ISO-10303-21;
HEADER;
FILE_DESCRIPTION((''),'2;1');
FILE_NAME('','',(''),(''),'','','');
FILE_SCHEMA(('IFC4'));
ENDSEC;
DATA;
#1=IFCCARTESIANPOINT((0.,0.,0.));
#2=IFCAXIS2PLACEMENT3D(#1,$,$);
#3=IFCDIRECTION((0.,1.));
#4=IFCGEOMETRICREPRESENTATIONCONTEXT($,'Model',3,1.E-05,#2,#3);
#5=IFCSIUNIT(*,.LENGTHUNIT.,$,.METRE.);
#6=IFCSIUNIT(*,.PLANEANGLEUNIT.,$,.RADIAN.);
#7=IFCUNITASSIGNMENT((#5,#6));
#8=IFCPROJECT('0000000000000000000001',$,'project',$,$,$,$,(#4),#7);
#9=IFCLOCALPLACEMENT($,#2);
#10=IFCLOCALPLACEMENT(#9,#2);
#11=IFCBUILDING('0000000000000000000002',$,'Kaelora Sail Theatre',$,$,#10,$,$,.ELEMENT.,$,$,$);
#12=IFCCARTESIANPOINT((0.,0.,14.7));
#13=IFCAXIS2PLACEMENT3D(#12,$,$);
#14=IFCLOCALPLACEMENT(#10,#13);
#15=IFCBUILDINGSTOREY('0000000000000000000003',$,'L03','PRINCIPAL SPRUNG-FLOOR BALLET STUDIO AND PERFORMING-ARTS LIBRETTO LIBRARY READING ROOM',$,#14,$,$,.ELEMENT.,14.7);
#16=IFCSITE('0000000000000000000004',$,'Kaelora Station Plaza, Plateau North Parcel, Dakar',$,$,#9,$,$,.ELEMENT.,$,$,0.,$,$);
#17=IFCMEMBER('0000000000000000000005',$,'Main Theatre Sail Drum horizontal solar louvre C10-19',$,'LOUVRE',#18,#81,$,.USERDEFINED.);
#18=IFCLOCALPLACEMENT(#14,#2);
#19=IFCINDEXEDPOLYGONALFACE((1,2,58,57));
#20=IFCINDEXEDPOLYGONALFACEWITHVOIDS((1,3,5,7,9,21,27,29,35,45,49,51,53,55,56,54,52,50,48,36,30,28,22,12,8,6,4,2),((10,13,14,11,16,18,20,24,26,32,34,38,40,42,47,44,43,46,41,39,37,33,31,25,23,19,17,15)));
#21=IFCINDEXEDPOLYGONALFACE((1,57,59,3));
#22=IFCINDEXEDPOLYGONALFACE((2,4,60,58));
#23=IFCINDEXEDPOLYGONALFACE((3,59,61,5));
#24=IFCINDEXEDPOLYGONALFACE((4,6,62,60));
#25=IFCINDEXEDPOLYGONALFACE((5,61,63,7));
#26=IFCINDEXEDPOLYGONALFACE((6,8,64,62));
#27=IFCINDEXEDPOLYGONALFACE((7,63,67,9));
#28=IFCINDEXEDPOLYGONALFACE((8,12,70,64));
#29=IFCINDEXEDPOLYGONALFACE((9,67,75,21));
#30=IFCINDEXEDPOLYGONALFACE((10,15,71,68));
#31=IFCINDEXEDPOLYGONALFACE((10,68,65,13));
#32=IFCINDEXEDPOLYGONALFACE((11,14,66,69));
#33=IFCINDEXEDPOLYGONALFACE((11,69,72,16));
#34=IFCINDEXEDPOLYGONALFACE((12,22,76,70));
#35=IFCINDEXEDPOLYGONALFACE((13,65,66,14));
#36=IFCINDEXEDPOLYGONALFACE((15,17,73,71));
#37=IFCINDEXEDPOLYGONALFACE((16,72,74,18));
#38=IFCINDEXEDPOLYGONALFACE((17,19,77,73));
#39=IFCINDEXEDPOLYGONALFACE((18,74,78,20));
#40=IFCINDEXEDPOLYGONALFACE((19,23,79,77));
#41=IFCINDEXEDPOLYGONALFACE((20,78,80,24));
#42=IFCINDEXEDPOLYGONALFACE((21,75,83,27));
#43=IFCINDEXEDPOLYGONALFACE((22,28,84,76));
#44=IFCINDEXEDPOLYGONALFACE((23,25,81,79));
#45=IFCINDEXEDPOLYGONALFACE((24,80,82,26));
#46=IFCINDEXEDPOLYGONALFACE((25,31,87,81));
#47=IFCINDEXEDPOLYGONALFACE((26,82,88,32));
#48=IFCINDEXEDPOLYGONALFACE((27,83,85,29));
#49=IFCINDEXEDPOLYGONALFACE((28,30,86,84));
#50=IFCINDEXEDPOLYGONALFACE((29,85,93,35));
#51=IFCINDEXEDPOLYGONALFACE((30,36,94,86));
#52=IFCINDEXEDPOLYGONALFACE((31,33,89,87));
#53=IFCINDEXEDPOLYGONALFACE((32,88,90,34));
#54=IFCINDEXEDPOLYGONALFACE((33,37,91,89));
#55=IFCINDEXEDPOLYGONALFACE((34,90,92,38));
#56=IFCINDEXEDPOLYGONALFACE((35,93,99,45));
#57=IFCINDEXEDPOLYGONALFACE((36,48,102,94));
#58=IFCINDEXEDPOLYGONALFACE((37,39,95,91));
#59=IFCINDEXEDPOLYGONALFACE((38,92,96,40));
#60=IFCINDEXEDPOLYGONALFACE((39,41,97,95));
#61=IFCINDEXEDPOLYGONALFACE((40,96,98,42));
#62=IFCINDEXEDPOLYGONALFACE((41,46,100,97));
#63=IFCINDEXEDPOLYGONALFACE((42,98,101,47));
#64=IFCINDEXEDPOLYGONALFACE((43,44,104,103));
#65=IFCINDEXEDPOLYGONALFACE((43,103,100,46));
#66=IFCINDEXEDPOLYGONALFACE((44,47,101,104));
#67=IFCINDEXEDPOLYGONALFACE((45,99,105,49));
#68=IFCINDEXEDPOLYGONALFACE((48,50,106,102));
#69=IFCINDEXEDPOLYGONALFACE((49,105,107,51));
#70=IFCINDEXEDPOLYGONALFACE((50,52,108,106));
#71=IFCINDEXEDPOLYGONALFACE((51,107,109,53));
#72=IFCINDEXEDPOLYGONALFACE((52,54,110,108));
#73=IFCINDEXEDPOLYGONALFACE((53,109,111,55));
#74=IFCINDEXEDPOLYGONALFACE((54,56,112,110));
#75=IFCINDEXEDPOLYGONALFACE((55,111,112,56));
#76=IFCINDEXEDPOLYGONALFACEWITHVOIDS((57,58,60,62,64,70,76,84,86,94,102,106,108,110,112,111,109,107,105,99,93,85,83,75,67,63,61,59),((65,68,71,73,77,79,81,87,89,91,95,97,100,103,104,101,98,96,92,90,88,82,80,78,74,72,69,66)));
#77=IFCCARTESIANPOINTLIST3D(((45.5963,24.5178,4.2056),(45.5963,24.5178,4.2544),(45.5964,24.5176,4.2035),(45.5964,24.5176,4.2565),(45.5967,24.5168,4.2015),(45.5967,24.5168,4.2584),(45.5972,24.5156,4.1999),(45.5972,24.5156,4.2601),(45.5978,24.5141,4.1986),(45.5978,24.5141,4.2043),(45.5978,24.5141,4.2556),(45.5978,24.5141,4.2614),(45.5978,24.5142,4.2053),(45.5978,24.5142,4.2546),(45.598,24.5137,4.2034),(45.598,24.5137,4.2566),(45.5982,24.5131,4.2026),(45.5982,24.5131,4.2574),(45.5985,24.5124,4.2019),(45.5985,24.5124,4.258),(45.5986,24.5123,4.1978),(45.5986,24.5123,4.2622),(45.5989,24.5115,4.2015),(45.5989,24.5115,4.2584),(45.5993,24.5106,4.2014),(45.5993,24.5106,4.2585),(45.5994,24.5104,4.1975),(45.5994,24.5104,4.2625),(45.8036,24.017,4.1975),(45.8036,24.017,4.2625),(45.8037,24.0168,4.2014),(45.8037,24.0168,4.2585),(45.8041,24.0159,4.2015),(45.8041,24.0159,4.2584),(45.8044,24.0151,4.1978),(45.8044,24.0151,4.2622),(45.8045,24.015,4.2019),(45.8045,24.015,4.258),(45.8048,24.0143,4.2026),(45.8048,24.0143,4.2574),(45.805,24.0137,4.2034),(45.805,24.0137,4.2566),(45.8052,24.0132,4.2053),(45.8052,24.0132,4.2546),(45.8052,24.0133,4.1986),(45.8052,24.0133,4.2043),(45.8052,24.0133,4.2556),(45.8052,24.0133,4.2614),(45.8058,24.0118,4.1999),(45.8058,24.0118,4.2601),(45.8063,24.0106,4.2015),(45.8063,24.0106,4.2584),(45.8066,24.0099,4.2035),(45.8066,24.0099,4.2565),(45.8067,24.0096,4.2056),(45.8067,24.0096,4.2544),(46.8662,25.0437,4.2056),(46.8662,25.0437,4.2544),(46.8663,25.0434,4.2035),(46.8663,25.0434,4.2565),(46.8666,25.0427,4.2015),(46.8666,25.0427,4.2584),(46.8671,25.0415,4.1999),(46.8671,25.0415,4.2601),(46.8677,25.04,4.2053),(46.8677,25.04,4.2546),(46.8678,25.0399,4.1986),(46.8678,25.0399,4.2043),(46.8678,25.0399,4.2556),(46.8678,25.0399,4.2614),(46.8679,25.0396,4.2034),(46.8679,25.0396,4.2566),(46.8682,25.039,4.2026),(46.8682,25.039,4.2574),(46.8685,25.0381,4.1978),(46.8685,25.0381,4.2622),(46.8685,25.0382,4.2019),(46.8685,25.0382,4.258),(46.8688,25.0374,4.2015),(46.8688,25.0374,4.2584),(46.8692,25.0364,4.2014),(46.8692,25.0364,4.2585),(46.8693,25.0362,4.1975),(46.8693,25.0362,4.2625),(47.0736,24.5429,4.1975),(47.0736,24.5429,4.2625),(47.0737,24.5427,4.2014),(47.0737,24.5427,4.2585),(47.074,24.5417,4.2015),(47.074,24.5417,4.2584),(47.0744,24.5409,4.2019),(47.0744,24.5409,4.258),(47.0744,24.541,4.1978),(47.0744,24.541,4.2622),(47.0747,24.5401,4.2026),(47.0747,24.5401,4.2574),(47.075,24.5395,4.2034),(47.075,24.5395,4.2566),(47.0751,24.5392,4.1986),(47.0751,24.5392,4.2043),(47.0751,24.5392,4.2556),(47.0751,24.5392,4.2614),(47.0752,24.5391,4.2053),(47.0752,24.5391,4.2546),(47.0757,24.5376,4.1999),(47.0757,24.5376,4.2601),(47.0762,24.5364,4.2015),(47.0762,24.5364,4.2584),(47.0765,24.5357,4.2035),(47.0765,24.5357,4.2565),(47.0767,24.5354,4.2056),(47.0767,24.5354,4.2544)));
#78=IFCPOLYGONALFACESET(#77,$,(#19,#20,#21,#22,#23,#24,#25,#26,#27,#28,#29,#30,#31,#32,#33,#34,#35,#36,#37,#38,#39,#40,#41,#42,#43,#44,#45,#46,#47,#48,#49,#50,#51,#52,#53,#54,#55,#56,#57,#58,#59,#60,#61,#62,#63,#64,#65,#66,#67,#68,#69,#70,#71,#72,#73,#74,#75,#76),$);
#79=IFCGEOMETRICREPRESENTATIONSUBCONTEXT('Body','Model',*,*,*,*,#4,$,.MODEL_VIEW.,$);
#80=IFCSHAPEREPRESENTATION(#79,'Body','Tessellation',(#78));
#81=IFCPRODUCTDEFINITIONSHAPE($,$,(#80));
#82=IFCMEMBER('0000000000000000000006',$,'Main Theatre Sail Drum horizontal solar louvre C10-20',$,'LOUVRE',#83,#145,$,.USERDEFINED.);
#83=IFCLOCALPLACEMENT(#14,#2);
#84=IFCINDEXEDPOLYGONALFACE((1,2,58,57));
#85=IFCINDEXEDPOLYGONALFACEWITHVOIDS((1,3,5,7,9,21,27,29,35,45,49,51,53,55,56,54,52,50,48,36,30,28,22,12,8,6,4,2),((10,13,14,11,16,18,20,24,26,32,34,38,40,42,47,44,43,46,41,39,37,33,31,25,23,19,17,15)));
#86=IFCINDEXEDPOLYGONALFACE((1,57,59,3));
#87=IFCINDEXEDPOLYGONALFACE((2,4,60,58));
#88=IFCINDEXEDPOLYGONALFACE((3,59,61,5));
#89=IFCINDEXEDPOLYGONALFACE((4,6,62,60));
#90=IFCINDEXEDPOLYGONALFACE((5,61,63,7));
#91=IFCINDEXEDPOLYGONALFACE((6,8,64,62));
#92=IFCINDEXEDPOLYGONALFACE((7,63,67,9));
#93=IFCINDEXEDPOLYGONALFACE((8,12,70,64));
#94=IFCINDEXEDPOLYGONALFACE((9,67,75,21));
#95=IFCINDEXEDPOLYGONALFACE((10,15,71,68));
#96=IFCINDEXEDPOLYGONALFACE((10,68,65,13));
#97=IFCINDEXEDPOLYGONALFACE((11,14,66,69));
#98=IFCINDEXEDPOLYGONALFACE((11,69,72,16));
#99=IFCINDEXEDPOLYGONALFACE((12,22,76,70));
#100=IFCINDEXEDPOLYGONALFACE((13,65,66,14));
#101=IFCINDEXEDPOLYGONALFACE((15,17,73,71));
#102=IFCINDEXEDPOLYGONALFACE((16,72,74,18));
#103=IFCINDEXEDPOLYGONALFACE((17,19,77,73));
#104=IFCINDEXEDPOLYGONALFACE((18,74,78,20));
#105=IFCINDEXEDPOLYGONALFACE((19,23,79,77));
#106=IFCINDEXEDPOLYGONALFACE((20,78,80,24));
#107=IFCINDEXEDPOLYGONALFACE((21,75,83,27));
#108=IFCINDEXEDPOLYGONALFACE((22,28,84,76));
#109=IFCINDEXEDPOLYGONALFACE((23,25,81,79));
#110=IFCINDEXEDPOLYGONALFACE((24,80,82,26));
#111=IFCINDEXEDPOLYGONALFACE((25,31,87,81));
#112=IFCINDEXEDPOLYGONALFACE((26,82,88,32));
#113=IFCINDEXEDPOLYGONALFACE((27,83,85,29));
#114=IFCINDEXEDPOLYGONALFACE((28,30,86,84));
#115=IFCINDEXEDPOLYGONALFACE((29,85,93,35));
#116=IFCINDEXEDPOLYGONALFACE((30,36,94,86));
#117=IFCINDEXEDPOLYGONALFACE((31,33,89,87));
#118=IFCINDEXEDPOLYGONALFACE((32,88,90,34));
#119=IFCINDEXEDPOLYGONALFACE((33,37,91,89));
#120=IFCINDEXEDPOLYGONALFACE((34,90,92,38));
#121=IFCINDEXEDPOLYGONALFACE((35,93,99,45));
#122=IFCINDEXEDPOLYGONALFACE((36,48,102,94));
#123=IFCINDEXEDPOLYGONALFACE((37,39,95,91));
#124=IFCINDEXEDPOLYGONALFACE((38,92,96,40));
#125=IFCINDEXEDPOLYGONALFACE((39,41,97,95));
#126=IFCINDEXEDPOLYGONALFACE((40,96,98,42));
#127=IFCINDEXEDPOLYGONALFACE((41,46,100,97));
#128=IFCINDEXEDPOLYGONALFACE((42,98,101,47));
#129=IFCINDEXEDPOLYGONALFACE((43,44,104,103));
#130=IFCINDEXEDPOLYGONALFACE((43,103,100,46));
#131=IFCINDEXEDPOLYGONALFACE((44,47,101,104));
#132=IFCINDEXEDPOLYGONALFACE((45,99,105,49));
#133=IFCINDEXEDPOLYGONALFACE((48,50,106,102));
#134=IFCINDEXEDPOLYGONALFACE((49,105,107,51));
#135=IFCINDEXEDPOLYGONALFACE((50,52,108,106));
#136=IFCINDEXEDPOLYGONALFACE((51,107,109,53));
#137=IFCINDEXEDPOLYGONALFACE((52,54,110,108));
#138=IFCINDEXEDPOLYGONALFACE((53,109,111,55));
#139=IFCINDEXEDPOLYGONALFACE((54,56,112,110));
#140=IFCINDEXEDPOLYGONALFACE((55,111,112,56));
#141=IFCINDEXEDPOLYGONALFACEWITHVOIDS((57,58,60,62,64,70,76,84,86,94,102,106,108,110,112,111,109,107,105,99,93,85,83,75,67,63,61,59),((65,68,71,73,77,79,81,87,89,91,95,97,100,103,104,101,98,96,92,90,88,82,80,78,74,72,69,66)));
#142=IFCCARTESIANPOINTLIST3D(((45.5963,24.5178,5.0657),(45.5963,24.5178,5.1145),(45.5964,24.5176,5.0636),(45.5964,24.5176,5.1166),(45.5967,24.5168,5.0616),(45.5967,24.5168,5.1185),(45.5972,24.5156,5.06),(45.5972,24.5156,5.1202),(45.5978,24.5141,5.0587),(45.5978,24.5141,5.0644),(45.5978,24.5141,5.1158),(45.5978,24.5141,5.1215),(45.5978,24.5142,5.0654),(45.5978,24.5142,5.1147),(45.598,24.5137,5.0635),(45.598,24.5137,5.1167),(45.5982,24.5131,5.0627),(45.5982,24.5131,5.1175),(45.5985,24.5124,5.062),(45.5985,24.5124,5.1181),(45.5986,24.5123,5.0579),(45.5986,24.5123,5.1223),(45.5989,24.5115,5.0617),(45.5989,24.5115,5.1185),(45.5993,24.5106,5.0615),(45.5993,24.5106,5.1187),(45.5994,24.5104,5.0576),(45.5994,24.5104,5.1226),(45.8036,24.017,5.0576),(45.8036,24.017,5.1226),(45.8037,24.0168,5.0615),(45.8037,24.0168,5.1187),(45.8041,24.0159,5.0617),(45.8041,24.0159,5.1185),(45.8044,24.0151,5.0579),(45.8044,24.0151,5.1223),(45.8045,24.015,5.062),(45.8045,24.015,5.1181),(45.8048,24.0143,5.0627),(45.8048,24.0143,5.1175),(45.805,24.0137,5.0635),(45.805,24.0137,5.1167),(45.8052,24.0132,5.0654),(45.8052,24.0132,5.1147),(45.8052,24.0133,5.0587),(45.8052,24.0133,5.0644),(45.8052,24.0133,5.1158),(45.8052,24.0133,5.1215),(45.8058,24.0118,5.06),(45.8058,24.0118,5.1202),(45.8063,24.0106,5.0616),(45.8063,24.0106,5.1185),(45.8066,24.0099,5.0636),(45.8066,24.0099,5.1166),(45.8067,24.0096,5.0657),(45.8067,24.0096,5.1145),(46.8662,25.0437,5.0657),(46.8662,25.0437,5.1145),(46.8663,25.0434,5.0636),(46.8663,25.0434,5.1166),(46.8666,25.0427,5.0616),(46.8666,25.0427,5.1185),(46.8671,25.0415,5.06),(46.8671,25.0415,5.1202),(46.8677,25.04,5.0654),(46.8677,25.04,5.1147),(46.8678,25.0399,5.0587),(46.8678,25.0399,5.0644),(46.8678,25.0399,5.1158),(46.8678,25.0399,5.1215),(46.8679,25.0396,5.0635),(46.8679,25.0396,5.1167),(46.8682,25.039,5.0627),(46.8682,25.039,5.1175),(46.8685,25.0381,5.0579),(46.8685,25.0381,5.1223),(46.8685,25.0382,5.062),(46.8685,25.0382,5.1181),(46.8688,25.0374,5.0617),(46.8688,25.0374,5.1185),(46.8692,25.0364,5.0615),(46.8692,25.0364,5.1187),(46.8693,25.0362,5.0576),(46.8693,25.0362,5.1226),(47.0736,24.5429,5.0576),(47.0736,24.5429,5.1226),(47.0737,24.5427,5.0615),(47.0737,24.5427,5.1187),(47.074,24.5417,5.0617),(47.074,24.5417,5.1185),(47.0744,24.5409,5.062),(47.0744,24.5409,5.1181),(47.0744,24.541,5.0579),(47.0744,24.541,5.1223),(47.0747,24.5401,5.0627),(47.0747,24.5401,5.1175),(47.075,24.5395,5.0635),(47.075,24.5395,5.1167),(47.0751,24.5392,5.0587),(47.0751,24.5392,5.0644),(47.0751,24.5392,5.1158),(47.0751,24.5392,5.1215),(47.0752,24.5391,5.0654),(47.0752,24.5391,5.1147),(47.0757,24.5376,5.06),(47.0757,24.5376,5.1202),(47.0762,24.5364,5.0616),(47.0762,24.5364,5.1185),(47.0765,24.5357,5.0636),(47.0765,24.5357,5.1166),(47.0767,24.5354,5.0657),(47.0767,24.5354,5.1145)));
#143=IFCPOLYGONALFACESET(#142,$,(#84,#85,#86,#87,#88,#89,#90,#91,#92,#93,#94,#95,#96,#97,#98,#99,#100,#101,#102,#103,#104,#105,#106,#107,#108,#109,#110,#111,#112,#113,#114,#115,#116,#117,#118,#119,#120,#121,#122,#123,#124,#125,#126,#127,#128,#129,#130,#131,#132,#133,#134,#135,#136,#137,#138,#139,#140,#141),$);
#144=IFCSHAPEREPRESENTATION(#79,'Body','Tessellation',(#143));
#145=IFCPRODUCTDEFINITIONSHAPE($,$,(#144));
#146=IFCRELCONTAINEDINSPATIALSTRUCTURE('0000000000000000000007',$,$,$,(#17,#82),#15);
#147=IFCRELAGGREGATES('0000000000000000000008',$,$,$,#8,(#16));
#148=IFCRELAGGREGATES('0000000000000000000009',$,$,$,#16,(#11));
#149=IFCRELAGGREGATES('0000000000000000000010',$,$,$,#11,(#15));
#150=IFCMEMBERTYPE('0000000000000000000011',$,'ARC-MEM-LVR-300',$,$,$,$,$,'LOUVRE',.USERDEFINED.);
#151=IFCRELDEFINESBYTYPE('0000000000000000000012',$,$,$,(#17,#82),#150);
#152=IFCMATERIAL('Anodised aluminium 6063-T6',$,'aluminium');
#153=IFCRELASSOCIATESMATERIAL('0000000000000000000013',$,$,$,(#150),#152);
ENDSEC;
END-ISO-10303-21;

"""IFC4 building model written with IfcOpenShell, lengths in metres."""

from ifc_helpers import new_model, si_unit, direction, frame, origin, origin_2d, place, context, subcontext, project, spatial, hollow_rectangle, extrude, material, material_profile, profile_set, type_object, element, save


model = new_model("IFC4")

# Units and contexts
model_context = context("Model", 3, precision=1e-05, world=origin(), true_north=direction((0.0, 1.0)))
body_context = subcontext(model_context, "Body", "Model", "MODEL_VIEW")
ifc_project = project(units=[si_unit("LENGTHUNIT", "METRE"), si_unit("PLANEANGLEUNIT", "RADIAN")], contexts=[model_context])

# Site, building, storey
site_placement = place(None, origin())
site = spatial("IfcSite", under=ifc_project, at=site_placement, Name="Kaelora Station Plaza, Plateau North Parcel, Dakar", CompositionType="ELEMENT", RefElevation=0.0)
building_placement = place(site_placement, origin())
building = spatial("IfcBuilding", under=site, at=building_placement, Name="Kaelora Sail Theatre", CompositionType="ELEMENT")
storey_placement = place(building_placement, frame((0.0, 0.0, 14.7)))
storey = spatial("IfcBuildingStorey", under=building, at=storey_placement, Name="L03", Description="PRINCIPAL SPRUNG-FLOOR BALLET STUDIO AND PERFORMING-ARTS LIBRETTO LIBRARY READING ROOM", CompositionType="ELEMENT", Elevation=14.7)

# Members
ifc_material_1 = material(Name="Anodised aluminium 6063-T6", Category="aluminium")
ifc_material_profile_1 = material_profile(ifc_material_1, hollow_rectangle(XDim=0.55, YDim=0.0649, WallThickness=0.0039, InnerFilletRadius=0.0039, OuterFilletRadius=0.0081, at=origin_2d()), Name="LOUVRE 550x65x4")
ifc_profile_set_1 = profile_set([ifc_material_profile_1], Name="Anodised aluminium 6063-T6")
member_type = type_object("IfcMemberType", Name="ARC-MEM-LVR-300", ElementType="LOUVRE", PredefinedType="USERDEFINED", material=ifc_profile_set_1)
for number, where, z_axis, x_axis, name in (
    (1, (46.9714, 24.7896, 4.23), (-0.923926, -0.382571, 0.0), (0.382571, -0.923926, 0.0), "Main Theatre Sail Drum horizontal solar louvre C10-19"),
    (2, (46.9714, 24.7896, 5.0901), (-0.923926, -0.382571, 0.0), (0.382571, -0.923926, 0.0), "Main Theatre Sail Drum horizontal solar louvre C10-20"),
):
    element("IfcMember", number, at=place(storey_placement, frame(where, z_axis=z_axis, x_axis=x_axis)), inside=storey, type_object=member_type, Name=name, ObjectType="LOUVRE", PredefinedType="USERDEFINED", context=body_context, shape_type="SweptSolid", body=[
        extrude(hollow_rectangle(XDim=0.55, YDim=0.0649, WallThickness=0.0039, InnerFilletRadius=0.0039, OuterFilletRadius=0.0081, at=origin_2d()), origin(), (0.0, 0.0, 1.0), 1.3745),
    ])

save(model, "model.ifc")
